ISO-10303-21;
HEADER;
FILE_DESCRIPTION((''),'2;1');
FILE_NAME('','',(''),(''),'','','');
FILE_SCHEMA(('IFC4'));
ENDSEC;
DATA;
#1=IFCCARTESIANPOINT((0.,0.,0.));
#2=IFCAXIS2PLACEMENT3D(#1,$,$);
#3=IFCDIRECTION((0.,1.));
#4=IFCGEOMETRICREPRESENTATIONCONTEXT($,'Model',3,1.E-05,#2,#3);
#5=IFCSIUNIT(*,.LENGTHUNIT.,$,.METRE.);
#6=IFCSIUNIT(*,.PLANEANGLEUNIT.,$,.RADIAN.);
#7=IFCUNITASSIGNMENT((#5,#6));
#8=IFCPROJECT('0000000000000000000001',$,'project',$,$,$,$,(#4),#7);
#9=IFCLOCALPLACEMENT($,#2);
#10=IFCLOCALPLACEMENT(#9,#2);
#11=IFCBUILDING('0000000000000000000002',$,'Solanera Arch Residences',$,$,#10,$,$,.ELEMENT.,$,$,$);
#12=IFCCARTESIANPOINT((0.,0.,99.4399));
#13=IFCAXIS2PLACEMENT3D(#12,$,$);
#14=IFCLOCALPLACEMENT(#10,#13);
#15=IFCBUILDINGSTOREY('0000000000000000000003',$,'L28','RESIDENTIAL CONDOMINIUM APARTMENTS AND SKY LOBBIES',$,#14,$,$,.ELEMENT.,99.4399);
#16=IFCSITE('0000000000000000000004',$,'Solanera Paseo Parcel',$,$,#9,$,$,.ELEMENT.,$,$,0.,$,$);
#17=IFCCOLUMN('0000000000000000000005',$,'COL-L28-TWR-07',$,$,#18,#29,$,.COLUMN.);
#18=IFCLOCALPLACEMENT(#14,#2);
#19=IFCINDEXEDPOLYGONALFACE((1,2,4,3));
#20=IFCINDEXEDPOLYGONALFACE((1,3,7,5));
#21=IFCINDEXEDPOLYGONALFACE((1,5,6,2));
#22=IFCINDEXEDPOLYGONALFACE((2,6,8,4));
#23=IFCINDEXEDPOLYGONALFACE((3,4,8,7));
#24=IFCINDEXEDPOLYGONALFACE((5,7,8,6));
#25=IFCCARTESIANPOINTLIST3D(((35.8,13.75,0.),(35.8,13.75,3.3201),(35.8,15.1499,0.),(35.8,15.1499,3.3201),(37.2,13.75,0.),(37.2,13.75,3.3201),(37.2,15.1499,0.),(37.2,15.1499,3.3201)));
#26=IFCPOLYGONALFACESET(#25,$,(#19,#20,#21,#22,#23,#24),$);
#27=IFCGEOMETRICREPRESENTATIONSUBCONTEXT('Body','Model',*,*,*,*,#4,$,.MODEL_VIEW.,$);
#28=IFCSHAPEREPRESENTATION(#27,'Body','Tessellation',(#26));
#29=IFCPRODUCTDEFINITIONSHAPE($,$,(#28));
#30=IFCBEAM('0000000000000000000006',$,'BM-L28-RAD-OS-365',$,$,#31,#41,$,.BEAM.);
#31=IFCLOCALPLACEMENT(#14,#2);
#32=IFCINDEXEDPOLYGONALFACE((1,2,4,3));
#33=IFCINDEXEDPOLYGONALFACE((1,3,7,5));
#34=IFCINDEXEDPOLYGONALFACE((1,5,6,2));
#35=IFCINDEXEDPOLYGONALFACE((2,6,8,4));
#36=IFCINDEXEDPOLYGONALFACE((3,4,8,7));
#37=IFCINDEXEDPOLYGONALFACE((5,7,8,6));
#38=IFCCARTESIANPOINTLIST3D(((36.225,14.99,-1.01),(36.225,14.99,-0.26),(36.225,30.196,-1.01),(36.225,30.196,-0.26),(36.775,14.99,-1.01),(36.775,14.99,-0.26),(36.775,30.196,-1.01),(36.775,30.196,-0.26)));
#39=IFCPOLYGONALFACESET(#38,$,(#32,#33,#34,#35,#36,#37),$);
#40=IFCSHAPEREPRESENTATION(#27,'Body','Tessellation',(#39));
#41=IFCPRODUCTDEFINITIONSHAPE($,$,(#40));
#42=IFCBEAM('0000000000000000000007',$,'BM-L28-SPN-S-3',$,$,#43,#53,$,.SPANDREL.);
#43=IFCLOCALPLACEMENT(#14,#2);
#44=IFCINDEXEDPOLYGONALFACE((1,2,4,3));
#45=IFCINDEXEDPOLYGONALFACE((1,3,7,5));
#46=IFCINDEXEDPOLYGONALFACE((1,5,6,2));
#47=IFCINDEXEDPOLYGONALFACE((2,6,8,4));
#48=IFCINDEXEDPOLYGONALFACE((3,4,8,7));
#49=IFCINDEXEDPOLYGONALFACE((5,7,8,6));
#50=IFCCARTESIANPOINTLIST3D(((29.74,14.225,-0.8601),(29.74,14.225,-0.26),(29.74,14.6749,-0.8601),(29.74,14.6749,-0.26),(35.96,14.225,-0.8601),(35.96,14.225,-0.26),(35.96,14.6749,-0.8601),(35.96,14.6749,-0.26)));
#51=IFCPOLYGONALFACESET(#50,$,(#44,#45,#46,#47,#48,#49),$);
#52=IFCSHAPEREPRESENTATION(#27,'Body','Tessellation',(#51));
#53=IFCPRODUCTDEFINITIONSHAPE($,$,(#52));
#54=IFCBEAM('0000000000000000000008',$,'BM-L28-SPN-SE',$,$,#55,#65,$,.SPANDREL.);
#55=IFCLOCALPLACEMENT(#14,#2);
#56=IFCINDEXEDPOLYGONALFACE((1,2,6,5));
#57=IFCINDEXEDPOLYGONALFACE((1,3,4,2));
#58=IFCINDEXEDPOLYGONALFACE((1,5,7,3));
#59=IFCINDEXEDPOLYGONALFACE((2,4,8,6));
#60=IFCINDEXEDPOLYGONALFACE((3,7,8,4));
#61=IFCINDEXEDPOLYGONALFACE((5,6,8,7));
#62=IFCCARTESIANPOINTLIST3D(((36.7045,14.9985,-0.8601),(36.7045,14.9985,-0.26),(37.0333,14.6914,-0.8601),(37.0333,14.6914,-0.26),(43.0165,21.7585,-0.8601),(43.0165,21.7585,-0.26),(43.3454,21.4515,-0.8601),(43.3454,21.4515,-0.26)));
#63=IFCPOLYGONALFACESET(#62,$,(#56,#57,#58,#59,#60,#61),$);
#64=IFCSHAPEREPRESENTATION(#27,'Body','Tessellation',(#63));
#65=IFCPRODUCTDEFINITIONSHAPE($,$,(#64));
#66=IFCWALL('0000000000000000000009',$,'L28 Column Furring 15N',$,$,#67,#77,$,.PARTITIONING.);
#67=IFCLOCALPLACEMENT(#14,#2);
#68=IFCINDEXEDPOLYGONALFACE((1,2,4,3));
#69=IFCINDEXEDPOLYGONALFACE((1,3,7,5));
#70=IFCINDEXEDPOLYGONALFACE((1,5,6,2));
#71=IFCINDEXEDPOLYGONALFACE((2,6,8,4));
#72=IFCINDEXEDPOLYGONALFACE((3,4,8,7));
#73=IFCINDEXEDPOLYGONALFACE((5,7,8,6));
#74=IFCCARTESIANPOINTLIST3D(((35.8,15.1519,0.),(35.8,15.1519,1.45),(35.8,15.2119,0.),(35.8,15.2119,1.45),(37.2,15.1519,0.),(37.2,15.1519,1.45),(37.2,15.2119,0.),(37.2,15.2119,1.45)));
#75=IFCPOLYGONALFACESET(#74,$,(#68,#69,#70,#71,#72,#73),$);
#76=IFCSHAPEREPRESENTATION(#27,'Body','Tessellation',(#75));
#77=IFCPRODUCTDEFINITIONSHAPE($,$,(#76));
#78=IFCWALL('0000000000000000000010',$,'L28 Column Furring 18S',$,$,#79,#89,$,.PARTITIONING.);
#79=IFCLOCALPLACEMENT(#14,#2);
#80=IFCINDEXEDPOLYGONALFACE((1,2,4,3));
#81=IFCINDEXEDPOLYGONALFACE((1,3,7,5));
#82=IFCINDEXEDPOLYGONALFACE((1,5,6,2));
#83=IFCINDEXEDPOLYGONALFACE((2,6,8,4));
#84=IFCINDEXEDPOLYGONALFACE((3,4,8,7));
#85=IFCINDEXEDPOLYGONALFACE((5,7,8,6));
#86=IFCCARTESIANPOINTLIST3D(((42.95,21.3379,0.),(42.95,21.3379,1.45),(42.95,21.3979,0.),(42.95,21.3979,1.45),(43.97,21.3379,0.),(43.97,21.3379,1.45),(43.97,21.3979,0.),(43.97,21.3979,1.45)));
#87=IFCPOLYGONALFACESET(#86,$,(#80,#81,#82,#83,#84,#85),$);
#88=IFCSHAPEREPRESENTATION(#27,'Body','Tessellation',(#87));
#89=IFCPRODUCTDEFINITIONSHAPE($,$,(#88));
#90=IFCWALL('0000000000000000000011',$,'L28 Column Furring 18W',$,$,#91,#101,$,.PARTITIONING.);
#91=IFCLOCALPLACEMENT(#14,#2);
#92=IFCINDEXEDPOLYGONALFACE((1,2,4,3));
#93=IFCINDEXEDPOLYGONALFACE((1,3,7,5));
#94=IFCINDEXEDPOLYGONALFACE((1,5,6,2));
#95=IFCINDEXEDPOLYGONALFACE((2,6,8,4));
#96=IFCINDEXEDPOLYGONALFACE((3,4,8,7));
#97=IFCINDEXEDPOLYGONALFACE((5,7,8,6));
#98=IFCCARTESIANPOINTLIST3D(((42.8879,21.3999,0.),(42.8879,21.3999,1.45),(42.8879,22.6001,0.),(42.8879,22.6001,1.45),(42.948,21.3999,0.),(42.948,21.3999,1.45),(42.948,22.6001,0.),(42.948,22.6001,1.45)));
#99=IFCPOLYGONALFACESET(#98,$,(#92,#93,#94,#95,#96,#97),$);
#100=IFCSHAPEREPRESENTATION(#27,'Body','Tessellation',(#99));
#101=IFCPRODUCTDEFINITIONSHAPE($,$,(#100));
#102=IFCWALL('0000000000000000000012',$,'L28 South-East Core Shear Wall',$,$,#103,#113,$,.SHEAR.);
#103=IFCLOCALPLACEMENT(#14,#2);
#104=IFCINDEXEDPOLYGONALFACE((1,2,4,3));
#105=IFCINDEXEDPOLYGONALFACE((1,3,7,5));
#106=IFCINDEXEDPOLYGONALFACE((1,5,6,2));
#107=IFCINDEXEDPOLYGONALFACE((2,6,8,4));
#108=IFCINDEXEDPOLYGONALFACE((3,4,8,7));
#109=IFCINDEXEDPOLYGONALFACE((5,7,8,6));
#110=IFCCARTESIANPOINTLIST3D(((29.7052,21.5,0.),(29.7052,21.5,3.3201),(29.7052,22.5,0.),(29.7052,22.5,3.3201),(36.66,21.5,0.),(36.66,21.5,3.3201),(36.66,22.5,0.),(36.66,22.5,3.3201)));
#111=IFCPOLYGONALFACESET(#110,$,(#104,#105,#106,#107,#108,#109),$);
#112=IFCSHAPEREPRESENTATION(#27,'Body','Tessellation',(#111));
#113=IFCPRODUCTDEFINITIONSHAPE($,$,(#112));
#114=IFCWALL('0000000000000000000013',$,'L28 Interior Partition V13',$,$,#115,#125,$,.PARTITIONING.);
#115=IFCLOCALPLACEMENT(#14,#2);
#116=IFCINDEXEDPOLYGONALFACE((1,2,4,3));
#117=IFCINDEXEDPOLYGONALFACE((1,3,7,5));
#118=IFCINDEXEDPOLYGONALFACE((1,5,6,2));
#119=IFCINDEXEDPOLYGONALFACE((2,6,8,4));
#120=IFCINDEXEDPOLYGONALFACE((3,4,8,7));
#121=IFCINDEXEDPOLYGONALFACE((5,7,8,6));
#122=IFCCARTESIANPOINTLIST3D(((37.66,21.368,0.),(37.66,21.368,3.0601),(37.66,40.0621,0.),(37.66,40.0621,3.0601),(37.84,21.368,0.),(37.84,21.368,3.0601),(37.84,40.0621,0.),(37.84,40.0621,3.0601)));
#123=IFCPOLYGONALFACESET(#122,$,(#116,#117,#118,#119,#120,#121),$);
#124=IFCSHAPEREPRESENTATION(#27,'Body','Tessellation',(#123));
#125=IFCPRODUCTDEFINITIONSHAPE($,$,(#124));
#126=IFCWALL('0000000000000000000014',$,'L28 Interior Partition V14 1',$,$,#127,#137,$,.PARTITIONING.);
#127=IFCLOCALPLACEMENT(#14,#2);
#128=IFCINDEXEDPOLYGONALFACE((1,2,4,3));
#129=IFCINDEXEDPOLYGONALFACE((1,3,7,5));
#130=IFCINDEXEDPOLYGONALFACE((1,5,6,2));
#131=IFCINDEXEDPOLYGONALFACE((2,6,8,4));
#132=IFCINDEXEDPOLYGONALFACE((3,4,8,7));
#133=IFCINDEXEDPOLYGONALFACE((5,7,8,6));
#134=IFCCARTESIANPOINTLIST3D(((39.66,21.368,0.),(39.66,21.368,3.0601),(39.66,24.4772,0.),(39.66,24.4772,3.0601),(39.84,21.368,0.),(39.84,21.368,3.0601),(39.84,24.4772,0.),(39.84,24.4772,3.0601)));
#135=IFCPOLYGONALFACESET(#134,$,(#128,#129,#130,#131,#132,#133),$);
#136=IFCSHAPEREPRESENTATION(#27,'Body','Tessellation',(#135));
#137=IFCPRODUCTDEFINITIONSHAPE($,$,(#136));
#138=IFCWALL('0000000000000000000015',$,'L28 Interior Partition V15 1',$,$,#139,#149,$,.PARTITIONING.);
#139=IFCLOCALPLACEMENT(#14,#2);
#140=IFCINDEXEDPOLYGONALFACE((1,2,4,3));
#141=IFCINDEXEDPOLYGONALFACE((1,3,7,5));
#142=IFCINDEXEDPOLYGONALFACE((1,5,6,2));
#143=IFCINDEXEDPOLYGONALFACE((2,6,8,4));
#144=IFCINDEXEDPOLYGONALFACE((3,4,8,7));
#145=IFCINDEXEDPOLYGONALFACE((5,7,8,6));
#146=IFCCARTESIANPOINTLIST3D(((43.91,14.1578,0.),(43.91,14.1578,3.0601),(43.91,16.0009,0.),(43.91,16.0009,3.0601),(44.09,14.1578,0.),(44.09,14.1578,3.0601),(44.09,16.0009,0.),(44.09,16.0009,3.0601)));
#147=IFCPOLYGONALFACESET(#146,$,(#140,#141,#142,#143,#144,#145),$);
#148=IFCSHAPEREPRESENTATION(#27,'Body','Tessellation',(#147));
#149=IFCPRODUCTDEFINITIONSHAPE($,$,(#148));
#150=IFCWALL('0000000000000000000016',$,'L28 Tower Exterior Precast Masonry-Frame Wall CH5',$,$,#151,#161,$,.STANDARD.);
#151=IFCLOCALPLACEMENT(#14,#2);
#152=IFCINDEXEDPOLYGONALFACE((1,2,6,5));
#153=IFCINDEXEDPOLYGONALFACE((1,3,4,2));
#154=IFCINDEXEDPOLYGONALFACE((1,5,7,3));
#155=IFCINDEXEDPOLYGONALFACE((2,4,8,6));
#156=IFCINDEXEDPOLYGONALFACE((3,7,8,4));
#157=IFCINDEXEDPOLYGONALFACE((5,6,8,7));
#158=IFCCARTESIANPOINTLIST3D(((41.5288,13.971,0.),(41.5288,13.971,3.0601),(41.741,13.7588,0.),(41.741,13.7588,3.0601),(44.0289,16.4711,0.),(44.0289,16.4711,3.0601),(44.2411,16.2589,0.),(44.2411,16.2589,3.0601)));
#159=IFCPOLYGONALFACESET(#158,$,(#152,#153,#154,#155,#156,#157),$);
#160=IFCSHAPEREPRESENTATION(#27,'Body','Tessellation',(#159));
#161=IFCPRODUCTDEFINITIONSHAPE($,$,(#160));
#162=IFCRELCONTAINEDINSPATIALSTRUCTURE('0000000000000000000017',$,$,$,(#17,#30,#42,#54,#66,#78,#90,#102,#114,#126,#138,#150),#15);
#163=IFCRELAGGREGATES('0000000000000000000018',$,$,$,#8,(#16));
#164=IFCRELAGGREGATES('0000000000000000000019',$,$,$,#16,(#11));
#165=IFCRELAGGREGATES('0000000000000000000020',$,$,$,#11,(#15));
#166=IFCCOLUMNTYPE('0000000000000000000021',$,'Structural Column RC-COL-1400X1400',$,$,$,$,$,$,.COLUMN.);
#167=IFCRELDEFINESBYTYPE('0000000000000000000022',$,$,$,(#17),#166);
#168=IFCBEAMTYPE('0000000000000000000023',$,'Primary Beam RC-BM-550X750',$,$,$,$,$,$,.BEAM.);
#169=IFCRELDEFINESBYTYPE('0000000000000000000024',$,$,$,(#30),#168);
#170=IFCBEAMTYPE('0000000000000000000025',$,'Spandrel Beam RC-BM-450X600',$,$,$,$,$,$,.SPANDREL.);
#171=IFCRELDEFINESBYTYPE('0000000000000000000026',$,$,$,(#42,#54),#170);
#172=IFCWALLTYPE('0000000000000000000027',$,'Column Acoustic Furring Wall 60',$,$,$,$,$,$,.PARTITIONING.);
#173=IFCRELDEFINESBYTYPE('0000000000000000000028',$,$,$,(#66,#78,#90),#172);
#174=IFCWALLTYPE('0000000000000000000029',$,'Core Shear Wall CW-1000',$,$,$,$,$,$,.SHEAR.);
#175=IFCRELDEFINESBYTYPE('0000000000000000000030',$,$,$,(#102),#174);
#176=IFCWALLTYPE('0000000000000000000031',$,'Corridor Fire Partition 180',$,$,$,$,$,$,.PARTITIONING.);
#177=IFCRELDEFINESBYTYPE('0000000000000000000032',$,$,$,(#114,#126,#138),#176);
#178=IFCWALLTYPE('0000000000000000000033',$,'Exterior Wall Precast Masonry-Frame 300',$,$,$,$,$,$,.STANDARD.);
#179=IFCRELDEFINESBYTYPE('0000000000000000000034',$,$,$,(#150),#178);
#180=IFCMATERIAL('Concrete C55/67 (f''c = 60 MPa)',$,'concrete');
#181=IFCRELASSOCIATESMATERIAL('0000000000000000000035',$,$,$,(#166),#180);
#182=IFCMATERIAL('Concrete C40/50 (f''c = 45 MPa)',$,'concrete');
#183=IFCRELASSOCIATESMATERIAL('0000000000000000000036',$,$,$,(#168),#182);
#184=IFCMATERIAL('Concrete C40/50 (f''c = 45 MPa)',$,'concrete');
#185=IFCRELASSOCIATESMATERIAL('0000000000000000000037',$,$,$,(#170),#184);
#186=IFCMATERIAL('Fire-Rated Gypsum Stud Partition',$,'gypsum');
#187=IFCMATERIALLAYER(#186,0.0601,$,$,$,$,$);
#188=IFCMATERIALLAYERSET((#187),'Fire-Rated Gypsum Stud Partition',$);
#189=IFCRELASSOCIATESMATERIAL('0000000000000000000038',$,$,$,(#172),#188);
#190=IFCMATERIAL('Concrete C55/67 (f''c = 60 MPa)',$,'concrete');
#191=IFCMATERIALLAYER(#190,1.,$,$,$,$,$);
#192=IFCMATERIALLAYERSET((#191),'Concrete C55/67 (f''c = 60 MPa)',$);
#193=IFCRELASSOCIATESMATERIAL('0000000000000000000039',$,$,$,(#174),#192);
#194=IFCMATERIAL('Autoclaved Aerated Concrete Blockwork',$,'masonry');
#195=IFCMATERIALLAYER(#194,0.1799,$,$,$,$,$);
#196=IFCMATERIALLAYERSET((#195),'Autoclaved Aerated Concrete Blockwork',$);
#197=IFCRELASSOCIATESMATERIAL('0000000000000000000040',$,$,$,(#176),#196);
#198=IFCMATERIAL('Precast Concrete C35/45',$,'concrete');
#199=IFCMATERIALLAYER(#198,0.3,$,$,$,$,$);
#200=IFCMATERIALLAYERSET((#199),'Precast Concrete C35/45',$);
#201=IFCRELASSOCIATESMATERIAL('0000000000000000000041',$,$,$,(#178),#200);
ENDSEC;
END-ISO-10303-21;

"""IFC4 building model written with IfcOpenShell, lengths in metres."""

from ifc_helpers import new_model, si_unit, direction, frame, frame_2d, origin, origin_2d, place, context, subcontext, project, spatial, rectangle, extrude, material, layer, layer_set, material_profile, profile_set, type_object, element, save


model = new_model("IFC4")

# Units and contexts
model_context = context("Model", 3, precision=1e-05, world=origin(), true_north=direction((0.0, 1.0)))
body_context = subcontext(model_context, "Body", "Model", "MODEL_VIEW")
ifc_project = project(units=[si_unit("LENGTHUNIT", "METRE"), si_unit("PLANEANGLEUNIT", "RADIAN")], contexts=[model_context])

# Site, building, storey
site_placement = place(None, origin())
site = spatial("IfcSite", under=ifc_project, at=site_placement, Name="Solanera Paseo Parcel", CompositionType="ELEMENT", RefElevation=0.0)
building_placement = place(site_placement, origin())
building = spatial("IfcBuilding", under=site, at=building_placement, Name="Solanera Arch Residences", CompositionType="ELEMENT")
storey_placement = place(building_placement, frame((0.0, 0.0, 99.4399)))
storey = spatial("IfcBuildingStorey", under=building, at=storey_placement, Name="L28", Description="RESIDENTIAL CONDOMINIUM APARTMENTS AND SKY LOBBIES", CompositionType="ELEMENT", Elevation=99.4399)

# Column
ifc_material_1 = material(Name="Concrete C55/67 (f'c = 60 MPa)", Category="concrete")
ifc_material_profile_1 = material_profile(ifc_material_1, rectangle(XDim=1.3999, YDim=1.3999, at=origin_2d()))
ifc_profile_set_1 = profile_set([ifc_material_profile_1], Name="Concrete C55/67 (f'c = 60 MPa)")
column_type = type_object("IfcColumnType", Name="Structural Column RC-COL-1400X1400", PredefinedType="COLUMN", material=ifc_profile_set_1)
column_placement = place(storey_placement, frame((36.5, 14.45, 0.0), z_axis=(0.0, 0.0, 1.0), x_axis=(1.0, 0.0, 0.0)))
element("IfcColumn", 1, at=column_placement, inside=storey, type_object=column_type, Name="COL-L28-TWR-07", PredefinedType="COLUMN", context=body_context, shape_type="SweptSolid", body=[
    extrude(rectangle(XDim=1.3999, YDim=1.3999, at=origin_2d()), origin(), (0.0, 0.0, 1.0), 3.3201),
])

# Beams
ifc_material_2 = material(Name="Concrete C40/50 (f'c = 45 MPa)", Category="concrete")
ifc_material_profile_2 = material_profile(ifc_material_2, rectangle(XDim=0.55, YDim=0.75, at=origin_2d()))
ifc_profile_set_2 = profile_set([ifc_material_profile_2], Name="Concrete C40/50 (f'c = 45 MPa)")
beam_type_1 = type_object("IfcBeamType", Name="Primary Beam RC-BM-550X750", PredefinedType="BEAM", material=ifc_profile_set_2)
beam_1_placement = place(storey_placement, frame((36.5, 14.99, -0.635), z_axis=(0.0, 1.0, 0.0), x_axis=(-1.0, 0.0, 0.0)))
element("IfcBeam", 2, at=beam_1_placement, inside=storey, type_object=beam_type_1, Name="BM-L28-RAD-OS-365", PredefinedType="BEAM", context=body_context, shape_type="SweptSolid", body=[
    extrude(rectangle(XDim=0.55, YDim=0.75, at=origin_2d()), origin(), (0.0, 0.0, 1.0), 15.2061),
])
ifc_material_3 = material(Name="Concrete C40/50 (f'c = 45 MPa)", Category="concrete")
ifc_material_profile_3 = material_profile(ifc_material_3, rectangle(XDim=0.45, YDim=0.6001, at=origin_2d()))
ifc_profile_set_3 = profile_set([ifc_material_profile_3], Name="Concrete C40/50 (f'c = 45 MPa)")
beam_type_2 = type_object("IfcBeamType", Name="Spandrel Beam RC-BM-450X600", PredefinedType="SPANDREL", material=ifc_profile_set_3)
beam_2_placement = place(storey_placement, frame((29.74, 14.45, -0.5601), z_axis=(1.0, 0.0, 0.0), x_axis=(0.0, 1.0, 0.0)))
element("IfcBeam", 3, at=beam_2_placement, inside=storey, type_object=beam_type_2, Name="BM-L28-SPN-S-3", PredefinedType="SPANDREL", context=body_context, shape_type="SweptSolid", body=[
    extrude(rectangle(XDim=0.45, YDim=0.6001, at=origin_2d()), origin(), (0.0, 0.0, 1.0), 6.22),
])
beam_3_placement = place(storey_placement, frame((36.8689, 14.845, -0.5601), z_axis=(0.682472, 0.730911, 0.0), x_axis=(-0.730911, 0.682472, 0.0)))
element("IfcBeam", 4, at=beam_3_placement, inside=storey, type_object=beam_type_2, Name="BM-L28-SPN-SE", PredefinedType="SPANDREL", context=body_context, shape_type="SweptSolid", body=[
    extrude(rectangle(XDim=0.45, YDim=0.6001, at=origin_2d()), origin(), (0.0, 0.0, 1.0), 9.2488),
])

# Walls
ifc_material_4 = material(Name="Fire-Rated Gypsum Stud Partition", Category="gypsum")
ifc_layer_1 = layer(ifc_material_4, 0.0601)
ifc_layer_set_1 = layer_set([ifc_layer_1], Name="Fire-Rated Gypsum Stud Partition")
wall_type_1 = type_object("IfcWallType", Name="Column Acoustic Furring Wall 60", PredefinedType="PARTITIONING", material=ifc_layer_set_1)
wall_1_placement = place(storey_placement, frame((35.8, 15.1819, 0.0), z_axis=(0.0, 0.0, 1.0), x_axis=(1.0, 0.0, 0.0)))
element("IfcWall", 5, at=wall_1_placement, inside=storey, type_object=wall_type_1, Name="L28 Column Furring 15N", PredefinedType="PARTITIONING", context=body_context, shape_type="SweptSolid", body=[
    extrude(rectangle(XDim=1.3999, YDim=0.0601, at=frame_2d((0.7, 0.0))), origin(), (0.0, 0.0, 1.0), 1.45),
])
wall_2_placement = place(storey_placement, frame((42.95, 21.3679, 0.0), z_axis=(0.0, 0.0, 1.0), x_axis=(1.0, 0.0, 0.0)))
element("IfcWall", 6, at=wall_2_placement, inside=storey, type_object=wall_type_1, Name="L28 Column Furring 18S", PredefinedType="PARTITIONING", context=body_context, shape_type="SweptSolid", body=[
    extrude(rectangle(XDim=1.02, YDim=0.0601, at=frame_2d((0.51, 0.0))), origin(), (0.0, 0.0, 1.0), 1.45),
])
wall_3_placement = place(storey_placement, frame((42.918, 21.3999, 0.0), z_axis=(0.0, 0.0, 1.0), x_axis=(0.0, 1.0, 0.0)))
element("IfcWall", 7, at=wall_3_placement, inside=storey, type_object=wall_type_1, Name="L28 Column Furring 18W", PredefinedType="PARTITIONING", context=body_context, shape_type="SweptSolid", body=[
    extrude(rectangle(XDim=1.2002, YDim=0.0601, at=frame_2d((0.6001, 0.0))), origin(), (0.0, 0.0, 1.0), 1.45),
])
ifc_material_5 = material(Name="Concrete C55/67 (f'c = 60 MPa)", Category="concrete")
ifc_layer_2 = layer(ifc_material_5, 1.0)
ifc_layer_set_2 = layer_set([ifc_layer_2], Name="Concrete C55/67 (f'c = 60 MPa)")
wall_type_2 = type_object("IfcWallType", Name="Core Shear Wall CW-1000", PredefinedType="SHEAR", material=ifc_layer_set_2)
wall_4_placement = place(storey_placement, frame((29.7051, 22.0, 0.0), z_axis=(0.0, 0.0, 1.0), x_axis=(1.0, 0.0, 0.0)))
element("IfcWall", 8, at=wall_4_placement, inside=storey, type_object=wall_type_2, Name="L28 South-East Core Shear Wall", PredefinedType="SHEAR", context=body_context, shape_type="SweptSolid", body=[
    extrude(rectangle(XDim=6.9548, YDim=1.0, at=frame_2d((3.4775, 0.0))), origin(), (0.0, 0.0, 1.0), 3.3201),
])
ifc_material_6 = material(Name="Autoclaved Aerated Concrete Blockwork", Category="masonry")
ifc_layer_3 = layer(ifc_material_6, 0.1799)
ifc_layer_set_3 = layer_set([ifc_layer_3], Name="Autoclaved Aerated Concrete Blockwork")
wall_type_3 = type_object("IfcWallType", Name="Corridor Fire Partition 180", PredefinedType="PARTITIONING", material=ifc_layer_set_3)
wall_5_placement = place(storey_placement, frame((37.75, 21.3679, 0.0), z_axis=(0.0, 0.0, 1.0), x_axis=(0.0, 1.0, 0.0)))
element("IfcWall", 9, at=wall_5_placement, inside=storey, type_object=wall_type_3, Name="L28 Interior Partition V13", PredefinedType="PARTITIONING", context=body_context, shape_type="SweptSolid", body=[
    extrude(rectangle(XDim=18.6941, YDim=0.1799, at=frame_2d((9.3472, 0.0))), origin(), (0.0, 0.0, 1.0), 3.0601),
])
wall_6_placement = place(storey_placement, frame((39.75, 21.3679, 0.0), z_axis=(0.0, 0.0, 1.0), x_axis=(0.0, 1.0, 0.0)))
element("IfcWall", 10, at=wall_6_placement, inside=storey, type_object=wall_type_3, Name="L28 Interior Partition V14 1", PredefinedType="PARTITIONING", context=body_context, shape_type="SweptSolid", body=[
    extrude(rectangle(XDim=3.1091, YDim=0.1799, at=frame_2d((1.5547, 0.0))), origin(), (0.0, 0.0, 1.0), 3.0601),
])
wall_7_placement = place(storey_placement, frame((44.0, 14.158, 0.0), z_axis=(0.0, 0.0, 1.0), x_axis=(0.0, 1.0, 0.0)))
element("IfcWall", 11, at=wall_7_placement, inside=storey, type_object=wall_type_3, Name="L28 Interior Partition V15 1", PredefinedType="PARTITIONING", context=body_context, shape_type="SweptSolid", body=[
    extrude(rectangle(XDim=1.843, YDim=0.1799, at=frame_2d((0.9214, 0.0))), origin(), (0.0, 0.0, 1.0), 3.0601),
])
ifc_material_7 = material(Name="Precast Concrete C35/45", Category="concrete")
ifc_layer_4 = layer(ifc_material_7, 0.3)
ifc_layer_set_4 = layer_set([ifc_layer_4], Name="Precast Concrete C35/45")
wall_type_4 = type_object("IfcWallType", Name="Exterior Wall Precast Masonry-Frame 300", PredefinedType="STANDARD", material=ifc_layer_set_4)
wall_8_placement = place(storey_placement, frame((44.135, 16.365, 0.0), z_axis=(0.0, 0.0, 1.0), x_axis=(-0.707107, -0.707107, 0.0)))
element("IfcWall", 12, at=wall_8_placement, inside=storey, type_object=wall_type_4, Name="L28 Tower Exterior Precast Masonry-Frame Wall CH5", PredefinedType="STANDARD", context=body_context, shape_type="SweptSolid", body=[
    extrude(rectangle(XDim=3.5356, YDim=0.3, at=frame_2d((1.7678, 0.0))), origin(), (0.0, 0.0, 1.0), 3.0601),
])

save(model, "model.ifc")
